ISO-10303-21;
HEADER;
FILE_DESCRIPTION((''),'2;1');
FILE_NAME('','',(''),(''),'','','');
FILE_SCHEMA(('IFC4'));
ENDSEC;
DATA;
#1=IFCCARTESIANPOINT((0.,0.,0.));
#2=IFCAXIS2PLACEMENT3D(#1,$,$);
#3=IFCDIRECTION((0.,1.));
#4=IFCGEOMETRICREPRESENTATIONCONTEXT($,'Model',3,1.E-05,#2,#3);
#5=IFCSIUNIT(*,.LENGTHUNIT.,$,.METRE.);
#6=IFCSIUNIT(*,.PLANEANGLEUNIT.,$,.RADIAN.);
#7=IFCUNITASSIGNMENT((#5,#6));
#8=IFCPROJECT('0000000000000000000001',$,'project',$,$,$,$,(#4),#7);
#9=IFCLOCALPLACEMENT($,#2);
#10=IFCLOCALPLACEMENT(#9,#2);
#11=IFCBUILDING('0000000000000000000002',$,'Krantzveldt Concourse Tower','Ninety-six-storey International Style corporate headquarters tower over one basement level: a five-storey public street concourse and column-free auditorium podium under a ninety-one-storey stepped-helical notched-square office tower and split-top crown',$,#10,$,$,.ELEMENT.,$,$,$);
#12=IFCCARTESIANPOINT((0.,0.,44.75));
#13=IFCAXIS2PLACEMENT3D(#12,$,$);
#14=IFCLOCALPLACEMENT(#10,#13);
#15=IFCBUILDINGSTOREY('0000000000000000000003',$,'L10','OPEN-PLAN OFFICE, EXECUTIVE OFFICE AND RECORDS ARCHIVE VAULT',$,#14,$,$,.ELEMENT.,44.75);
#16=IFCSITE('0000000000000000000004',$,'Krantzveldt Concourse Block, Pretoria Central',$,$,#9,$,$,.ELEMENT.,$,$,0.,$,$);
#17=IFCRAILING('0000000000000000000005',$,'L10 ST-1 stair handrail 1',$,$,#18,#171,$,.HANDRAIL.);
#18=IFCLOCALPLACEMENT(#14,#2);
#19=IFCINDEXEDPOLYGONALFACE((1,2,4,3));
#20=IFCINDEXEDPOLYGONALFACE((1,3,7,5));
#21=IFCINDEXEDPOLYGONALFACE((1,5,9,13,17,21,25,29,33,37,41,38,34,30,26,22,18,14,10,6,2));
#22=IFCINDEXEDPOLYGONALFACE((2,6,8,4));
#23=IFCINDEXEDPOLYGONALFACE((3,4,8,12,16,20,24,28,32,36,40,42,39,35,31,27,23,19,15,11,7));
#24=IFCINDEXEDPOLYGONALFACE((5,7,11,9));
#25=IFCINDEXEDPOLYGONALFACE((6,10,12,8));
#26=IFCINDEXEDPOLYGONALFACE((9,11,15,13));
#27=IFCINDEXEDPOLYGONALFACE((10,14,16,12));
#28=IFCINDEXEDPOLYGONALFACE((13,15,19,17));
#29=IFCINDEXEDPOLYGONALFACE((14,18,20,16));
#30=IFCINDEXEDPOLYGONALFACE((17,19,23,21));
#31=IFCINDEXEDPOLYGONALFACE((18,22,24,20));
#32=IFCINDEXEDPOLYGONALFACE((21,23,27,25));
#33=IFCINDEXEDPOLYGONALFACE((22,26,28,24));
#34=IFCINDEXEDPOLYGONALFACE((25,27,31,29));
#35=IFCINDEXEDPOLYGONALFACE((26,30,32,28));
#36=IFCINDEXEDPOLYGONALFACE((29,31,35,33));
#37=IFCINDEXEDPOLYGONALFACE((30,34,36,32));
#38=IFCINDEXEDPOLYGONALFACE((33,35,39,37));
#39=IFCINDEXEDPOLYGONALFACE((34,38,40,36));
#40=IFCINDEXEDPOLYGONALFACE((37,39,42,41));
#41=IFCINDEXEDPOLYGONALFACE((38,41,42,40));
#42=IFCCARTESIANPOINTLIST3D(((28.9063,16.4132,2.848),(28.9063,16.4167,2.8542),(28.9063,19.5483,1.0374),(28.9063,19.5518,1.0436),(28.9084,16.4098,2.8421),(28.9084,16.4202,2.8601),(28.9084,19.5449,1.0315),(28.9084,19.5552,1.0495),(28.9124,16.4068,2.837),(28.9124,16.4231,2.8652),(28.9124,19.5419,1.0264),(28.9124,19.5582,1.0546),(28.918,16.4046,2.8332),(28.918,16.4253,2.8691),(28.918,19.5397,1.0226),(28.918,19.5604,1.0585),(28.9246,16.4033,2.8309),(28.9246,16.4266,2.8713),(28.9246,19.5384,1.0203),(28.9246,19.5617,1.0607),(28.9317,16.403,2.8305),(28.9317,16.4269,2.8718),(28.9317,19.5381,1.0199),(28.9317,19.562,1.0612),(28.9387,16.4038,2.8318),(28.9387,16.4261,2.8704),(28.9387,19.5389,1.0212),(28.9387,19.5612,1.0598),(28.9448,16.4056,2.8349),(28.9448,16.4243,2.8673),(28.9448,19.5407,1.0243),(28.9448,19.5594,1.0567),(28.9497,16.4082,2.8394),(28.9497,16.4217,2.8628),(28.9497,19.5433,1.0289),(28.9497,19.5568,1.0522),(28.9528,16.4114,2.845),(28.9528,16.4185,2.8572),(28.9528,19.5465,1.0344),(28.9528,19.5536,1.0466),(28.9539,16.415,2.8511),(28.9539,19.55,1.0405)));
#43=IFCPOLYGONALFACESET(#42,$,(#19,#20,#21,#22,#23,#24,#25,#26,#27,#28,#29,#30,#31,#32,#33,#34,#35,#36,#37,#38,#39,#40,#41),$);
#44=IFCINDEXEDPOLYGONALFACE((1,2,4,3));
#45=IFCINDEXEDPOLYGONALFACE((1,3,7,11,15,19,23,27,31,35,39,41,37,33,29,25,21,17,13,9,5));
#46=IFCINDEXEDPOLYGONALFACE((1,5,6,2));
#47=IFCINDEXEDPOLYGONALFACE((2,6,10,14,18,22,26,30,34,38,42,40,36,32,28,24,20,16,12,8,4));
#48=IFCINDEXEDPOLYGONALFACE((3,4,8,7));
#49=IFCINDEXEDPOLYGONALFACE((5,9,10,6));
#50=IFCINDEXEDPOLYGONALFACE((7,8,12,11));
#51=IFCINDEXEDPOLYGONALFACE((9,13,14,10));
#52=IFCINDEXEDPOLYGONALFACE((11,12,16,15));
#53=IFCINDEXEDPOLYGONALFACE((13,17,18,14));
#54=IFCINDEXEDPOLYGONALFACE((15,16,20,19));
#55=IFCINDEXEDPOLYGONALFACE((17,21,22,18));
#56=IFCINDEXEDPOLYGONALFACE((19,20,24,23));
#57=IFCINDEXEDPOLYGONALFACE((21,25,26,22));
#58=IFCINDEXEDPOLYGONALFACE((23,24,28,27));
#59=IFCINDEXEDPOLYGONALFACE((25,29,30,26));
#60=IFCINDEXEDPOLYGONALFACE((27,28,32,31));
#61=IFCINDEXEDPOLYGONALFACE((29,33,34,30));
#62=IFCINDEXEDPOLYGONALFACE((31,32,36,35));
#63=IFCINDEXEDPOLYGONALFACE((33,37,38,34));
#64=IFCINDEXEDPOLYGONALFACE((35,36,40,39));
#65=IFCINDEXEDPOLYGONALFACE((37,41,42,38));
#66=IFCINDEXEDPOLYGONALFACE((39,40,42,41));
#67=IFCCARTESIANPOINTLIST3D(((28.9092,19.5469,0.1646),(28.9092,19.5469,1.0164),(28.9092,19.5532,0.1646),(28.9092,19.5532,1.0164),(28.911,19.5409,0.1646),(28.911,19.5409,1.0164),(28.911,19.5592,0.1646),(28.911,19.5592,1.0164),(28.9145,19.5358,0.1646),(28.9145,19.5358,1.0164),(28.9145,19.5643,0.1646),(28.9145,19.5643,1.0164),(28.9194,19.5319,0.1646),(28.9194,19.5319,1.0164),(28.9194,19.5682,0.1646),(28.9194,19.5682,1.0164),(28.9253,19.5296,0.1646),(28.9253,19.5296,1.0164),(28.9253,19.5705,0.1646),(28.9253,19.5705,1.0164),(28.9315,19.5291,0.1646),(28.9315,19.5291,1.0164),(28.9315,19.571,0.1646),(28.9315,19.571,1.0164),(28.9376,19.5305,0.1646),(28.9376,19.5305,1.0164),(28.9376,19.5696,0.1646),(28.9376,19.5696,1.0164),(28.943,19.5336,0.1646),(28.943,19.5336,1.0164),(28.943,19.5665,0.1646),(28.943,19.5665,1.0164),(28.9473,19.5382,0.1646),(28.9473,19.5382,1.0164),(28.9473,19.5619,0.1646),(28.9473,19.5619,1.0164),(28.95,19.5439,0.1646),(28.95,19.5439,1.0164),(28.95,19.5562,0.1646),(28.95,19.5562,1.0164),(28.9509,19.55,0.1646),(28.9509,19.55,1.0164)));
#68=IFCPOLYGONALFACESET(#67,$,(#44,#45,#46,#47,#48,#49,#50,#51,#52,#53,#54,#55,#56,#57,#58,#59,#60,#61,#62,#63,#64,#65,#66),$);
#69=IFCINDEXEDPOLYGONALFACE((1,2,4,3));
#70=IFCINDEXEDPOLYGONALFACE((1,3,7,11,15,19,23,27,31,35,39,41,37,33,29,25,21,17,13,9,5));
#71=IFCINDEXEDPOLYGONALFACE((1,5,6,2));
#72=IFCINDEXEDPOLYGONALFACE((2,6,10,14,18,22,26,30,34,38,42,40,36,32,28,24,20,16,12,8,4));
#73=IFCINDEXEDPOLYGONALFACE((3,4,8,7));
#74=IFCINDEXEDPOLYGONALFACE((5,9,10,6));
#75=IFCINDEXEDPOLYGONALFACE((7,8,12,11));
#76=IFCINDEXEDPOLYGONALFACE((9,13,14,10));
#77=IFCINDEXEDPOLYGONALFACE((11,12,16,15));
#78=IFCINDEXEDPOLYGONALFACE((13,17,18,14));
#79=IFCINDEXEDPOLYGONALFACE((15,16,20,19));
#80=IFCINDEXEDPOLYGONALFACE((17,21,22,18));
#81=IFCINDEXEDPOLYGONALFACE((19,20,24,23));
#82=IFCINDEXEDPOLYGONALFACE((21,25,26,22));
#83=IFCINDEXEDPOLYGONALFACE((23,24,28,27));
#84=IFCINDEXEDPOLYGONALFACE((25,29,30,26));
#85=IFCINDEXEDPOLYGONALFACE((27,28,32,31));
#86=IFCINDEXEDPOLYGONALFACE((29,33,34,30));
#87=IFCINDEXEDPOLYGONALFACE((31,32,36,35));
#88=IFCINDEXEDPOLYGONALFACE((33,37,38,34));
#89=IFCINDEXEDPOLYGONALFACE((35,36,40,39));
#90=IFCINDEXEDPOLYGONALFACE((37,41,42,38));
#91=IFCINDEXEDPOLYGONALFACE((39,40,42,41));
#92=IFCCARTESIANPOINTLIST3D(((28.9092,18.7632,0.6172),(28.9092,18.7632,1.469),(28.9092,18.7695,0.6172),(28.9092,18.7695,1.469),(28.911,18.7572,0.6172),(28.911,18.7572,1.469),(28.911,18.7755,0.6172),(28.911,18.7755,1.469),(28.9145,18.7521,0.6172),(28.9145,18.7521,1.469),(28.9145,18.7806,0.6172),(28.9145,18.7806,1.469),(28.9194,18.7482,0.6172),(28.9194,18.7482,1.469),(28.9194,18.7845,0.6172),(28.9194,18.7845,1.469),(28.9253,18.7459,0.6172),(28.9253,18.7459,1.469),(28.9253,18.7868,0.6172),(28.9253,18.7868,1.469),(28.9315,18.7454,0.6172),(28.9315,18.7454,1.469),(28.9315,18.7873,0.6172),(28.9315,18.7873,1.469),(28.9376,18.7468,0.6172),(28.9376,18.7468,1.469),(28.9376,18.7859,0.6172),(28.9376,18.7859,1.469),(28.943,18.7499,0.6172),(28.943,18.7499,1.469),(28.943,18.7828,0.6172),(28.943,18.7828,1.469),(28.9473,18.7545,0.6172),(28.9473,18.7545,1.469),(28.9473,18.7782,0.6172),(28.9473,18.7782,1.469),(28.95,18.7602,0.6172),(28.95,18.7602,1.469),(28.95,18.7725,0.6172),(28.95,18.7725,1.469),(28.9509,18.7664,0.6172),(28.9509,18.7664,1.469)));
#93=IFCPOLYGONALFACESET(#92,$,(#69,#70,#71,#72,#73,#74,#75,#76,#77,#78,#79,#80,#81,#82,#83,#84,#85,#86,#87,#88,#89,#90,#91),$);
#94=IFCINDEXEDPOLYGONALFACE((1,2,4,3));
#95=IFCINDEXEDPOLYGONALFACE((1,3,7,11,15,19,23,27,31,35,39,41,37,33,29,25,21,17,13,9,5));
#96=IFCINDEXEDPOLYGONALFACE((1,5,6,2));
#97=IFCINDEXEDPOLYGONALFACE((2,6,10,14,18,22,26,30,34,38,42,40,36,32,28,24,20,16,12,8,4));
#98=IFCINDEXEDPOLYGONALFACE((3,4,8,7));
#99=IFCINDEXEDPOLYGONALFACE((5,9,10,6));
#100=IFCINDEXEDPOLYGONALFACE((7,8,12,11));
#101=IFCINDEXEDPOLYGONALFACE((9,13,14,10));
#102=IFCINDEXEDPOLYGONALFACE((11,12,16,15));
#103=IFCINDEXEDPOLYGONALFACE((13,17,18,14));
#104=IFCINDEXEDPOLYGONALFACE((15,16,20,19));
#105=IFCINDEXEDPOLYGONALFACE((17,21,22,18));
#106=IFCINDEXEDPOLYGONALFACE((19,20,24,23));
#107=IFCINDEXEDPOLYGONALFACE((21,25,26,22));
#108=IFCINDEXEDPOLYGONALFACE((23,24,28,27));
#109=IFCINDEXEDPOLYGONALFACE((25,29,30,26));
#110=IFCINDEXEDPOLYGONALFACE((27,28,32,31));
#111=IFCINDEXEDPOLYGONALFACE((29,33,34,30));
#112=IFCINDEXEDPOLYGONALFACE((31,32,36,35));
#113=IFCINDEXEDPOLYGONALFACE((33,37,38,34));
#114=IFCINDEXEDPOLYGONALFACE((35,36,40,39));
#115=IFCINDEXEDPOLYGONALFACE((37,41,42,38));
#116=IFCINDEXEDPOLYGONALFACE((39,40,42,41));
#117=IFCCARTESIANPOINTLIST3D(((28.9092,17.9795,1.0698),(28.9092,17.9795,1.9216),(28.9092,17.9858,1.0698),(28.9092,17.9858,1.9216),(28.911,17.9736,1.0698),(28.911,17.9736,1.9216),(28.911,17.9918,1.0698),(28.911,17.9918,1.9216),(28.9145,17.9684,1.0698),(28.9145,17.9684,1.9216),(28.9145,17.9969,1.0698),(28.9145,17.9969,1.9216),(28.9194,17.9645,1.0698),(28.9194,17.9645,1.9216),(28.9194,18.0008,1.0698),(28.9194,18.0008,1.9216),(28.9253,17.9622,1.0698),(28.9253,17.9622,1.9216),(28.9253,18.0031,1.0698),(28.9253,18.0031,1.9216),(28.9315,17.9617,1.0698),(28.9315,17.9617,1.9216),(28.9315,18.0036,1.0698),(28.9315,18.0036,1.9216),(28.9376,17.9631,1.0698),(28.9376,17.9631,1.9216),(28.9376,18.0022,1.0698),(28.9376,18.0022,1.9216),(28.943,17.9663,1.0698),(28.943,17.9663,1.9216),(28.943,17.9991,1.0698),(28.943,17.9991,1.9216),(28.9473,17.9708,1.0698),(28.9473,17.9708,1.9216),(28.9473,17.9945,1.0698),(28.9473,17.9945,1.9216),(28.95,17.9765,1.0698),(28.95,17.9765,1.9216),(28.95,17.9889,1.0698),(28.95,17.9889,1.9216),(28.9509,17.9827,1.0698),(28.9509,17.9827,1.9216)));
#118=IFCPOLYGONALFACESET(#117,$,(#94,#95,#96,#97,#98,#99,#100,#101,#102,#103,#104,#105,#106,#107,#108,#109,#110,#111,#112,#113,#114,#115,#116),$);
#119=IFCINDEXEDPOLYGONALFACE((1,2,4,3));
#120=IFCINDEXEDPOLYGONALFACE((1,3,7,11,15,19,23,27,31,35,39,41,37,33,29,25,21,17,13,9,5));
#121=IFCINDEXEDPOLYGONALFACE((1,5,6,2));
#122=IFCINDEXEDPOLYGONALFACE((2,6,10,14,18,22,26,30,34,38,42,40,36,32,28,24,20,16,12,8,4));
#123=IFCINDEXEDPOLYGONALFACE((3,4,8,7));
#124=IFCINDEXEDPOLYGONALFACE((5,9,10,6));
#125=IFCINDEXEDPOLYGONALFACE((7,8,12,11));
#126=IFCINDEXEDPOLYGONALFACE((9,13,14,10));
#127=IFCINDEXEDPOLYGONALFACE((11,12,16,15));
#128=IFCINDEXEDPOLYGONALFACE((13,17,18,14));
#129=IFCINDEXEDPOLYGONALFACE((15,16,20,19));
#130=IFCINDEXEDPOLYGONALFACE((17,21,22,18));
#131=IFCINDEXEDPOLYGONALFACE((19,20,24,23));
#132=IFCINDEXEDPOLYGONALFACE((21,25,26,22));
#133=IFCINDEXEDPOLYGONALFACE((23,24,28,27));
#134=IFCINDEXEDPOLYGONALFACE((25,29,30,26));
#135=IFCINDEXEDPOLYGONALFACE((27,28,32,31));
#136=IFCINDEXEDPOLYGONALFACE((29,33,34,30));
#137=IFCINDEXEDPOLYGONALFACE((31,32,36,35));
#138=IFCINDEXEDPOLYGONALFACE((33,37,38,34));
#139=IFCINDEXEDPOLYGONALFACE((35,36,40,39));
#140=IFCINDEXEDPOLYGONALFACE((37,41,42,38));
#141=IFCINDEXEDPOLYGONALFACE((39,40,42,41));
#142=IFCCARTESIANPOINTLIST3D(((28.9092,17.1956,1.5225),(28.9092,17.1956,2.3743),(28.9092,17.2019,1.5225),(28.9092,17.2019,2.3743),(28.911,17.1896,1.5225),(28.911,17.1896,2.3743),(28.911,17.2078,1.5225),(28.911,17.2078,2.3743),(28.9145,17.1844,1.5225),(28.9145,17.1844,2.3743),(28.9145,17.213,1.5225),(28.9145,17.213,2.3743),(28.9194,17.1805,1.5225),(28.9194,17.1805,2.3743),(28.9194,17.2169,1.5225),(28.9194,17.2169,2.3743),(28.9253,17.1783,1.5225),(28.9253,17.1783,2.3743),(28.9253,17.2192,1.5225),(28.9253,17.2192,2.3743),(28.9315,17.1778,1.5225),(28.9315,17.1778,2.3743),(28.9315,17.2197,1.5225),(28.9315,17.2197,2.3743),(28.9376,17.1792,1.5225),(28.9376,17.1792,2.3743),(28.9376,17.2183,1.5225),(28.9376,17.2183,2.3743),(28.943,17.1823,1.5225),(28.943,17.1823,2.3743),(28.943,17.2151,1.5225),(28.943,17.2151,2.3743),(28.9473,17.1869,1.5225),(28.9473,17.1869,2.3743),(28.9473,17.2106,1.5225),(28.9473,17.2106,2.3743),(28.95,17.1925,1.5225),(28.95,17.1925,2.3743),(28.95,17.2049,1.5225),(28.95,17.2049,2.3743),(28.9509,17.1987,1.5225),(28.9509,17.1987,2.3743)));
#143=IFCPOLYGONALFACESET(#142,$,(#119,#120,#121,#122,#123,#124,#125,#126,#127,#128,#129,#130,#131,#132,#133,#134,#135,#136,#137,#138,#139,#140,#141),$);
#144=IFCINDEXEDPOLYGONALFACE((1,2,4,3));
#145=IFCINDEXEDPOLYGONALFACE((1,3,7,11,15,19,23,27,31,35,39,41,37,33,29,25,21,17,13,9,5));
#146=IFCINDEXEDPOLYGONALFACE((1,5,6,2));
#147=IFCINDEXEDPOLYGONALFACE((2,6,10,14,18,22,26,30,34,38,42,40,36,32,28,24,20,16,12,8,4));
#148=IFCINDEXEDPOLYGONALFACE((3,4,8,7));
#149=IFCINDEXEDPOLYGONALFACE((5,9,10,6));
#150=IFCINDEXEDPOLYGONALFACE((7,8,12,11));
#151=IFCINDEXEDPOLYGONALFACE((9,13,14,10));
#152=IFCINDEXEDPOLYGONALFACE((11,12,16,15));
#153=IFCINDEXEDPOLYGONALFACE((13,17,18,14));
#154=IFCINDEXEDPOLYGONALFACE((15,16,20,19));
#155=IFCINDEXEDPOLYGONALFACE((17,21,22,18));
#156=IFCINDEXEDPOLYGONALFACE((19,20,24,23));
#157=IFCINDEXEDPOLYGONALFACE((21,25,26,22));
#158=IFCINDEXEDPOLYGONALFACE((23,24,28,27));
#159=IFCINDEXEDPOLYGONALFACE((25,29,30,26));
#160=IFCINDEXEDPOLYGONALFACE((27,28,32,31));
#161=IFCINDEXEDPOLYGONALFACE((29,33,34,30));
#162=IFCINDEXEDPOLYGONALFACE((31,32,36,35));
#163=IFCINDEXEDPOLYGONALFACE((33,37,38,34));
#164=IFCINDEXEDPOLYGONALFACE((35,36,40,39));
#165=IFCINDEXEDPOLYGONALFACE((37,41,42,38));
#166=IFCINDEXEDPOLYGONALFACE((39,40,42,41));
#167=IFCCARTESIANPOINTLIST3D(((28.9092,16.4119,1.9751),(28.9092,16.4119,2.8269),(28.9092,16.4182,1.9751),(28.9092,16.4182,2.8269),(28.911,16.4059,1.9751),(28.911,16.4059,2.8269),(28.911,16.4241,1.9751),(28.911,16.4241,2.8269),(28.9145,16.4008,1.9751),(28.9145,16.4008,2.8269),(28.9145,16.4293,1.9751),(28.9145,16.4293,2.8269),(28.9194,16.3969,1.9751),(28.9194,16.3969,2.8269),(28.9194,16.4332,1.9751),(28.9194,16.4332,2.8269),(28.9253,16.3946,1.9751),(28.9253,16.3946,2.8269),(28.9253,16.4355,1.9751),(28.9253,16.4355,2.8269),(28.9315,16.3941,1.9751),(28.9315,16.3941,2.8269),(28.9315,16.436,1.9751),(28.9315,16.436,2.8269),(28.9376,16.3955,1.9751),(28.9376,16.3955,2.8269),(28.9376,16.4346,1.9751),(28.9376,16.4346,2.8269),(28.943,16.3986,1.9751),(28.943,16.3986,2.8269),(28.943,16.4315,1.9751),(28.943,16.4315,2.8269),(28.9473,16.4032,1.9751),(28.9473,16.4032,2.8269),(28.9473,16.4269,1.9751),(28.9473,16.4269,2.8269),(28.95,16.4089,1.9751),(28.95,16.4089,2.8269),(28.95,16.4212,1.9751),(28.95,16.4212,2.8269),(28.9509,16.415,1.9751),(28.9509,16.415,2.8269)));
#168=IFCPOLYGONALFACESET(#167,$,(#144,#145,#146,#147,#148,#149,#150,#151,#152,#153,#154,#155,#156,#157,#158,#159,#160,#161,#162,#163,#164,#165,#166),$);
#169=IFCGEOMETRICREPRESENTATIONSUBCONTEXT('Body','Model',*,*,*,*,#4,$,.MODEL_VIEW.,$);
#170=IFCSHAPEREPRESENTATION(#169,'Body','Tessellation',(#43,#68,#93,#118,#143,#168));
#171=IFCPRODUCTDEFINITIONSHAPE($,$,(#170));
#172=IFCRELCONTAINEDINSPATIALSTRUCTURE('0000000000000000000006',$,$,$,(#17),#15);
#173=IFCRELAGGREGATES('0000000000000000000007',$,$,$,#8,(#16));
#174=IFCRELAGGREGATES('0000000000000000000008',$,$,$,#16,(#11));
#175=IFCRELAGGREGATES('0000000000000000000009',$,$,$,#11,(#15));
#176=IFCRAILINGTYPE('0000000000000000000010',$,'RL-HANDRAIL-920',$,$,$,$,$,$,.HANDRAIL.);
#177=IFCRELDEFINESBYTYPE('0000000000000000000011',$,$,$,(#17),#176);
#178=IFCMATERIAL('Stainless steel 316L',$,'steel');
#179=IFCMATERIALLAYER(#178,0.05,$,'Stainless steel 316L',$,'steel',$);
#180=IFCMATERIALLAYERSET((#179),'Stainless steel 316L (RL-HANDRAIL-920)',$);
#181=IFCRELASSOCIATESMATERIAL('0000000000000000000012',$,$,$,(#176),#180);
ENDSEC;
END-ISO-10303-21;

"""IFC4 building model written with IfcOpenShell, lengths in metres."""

from ifc_helpers import new_model, si_unit, direction, frame, origin, origin_2d, place, context, subcontext, project, spatial, circle, extrude, material, layer, layer_set, type_object, element, save


model = new_model("IFC4")

# Units and contexts
model_context = context("Model", 3, precision=1e-05, world=origin(), true_north=direction((0.0, 1.0)))
body_context = subcontext(model_context, "Body", "Model", "MODEL_VIEW")
ifc_project = project(units=[si_unit("LENGTHUNIT", "METRE"), si_unit("PLANEANGLEUNIT", "RADIAN")], contexts=[model_context])

# Site, building, storey
site_placement = place(None, origin())
site = spatial("IfcSite", under=ifc_project, at=site_placement, Name="Krantzveldt Concourse Block, Pretoria Central", CompositionType="ELEMENT", RefElevation=0.0)
building_placement = place(site_placement, origin())
building = spatial("IfcBuilding", under=site, at=building_placement, Name="Krantzveldt Concourse Tower", Description="Ninety-six-storey International Style corporate headquarters tower over one basement level: a five-storey public street concourse and column-free auditorium podium under a ninety-one-storey stepped-helical notched-square office tower and split-top crown", CompositionType="ELEMENT")
storey_placement = place(building_placement, frame((0.0, 0.0, 44.75)))
storey = spatial("IfcBuildingStorey", under=building, at=storey_placement, Name="L10", Description="OPEN-PLAN OFFICE, EXECUTIVE OFFICE AND RECORDS ARCHIVE VAULT", CompositionType="ELEMENT", Elevation=44.75)

# Railing
ifc_material_1 = material(Name="Stainless steel 316L", Category="steel")
ifc_layer_1 = layer(ifc_material_1, 0.05, Name="Stainless steel 316L", Category="steel")
ifc_layer_set_1 = layer_set([ifc_layer_1], Name="Stainless steel 316L (RL-HANDRAIL-920)")
railing_type_1 = type_object("IfcRailingType", Name="RL-HANDRAIL-920", PredefinedType="HANDRAIL", material=ifc_layer_set_1)
railing_1_placement = place(storey_placement, frame((28.9299, 19.55, 0.1646)))
element("IfcRailing", 1, at=railing_1_placement, inside=storey, type_object=railing_type_1, Name="L10 ST-1 stair handrail 1", PredefinedType="HANDRAIL", context=body_context, shape_type="SweptSolid", body=[
    extrude(circle(Radius=0.0239, at=origin_2d()), frame((0.0, 0.0, 0.876), z_axis=(0.0, -0.86596, 0.500114), x_axis=(1.0, 0.0, 0.0)), (0.0, 0.0, 1.0), 3.6204),
    extrude(circle(Radius=0.021, at=origin_2d()), origin(), (0.0, 0.0, 1.0), 0.8518),
    extrude(circle(Radius=0.021, at=origin_2d()), frame((0.0, -0.7837, 0.4526)), (0.0, 0.0, 1.0), 0.8518),
    extrude(circle(Radius=0.021, at=origin_2d()), frame((0.0, -1.5674, 0.9053)), (0.0, 0.0, 1.0), 0.8518),
    extrude(circle(Radius=0.021, at=origin_2d()), frame((0.0, -2.3513, 1.3579)), (0.0, 0.0, 1.0), 0.8518),
    extrude(circle(Radius=0.021, at=origin_2d()), frame((0.0, -3.135, 1.8105)), (0.0, 0.0, 1.0), 0.8518),
])

save(model, "model.ifc")
